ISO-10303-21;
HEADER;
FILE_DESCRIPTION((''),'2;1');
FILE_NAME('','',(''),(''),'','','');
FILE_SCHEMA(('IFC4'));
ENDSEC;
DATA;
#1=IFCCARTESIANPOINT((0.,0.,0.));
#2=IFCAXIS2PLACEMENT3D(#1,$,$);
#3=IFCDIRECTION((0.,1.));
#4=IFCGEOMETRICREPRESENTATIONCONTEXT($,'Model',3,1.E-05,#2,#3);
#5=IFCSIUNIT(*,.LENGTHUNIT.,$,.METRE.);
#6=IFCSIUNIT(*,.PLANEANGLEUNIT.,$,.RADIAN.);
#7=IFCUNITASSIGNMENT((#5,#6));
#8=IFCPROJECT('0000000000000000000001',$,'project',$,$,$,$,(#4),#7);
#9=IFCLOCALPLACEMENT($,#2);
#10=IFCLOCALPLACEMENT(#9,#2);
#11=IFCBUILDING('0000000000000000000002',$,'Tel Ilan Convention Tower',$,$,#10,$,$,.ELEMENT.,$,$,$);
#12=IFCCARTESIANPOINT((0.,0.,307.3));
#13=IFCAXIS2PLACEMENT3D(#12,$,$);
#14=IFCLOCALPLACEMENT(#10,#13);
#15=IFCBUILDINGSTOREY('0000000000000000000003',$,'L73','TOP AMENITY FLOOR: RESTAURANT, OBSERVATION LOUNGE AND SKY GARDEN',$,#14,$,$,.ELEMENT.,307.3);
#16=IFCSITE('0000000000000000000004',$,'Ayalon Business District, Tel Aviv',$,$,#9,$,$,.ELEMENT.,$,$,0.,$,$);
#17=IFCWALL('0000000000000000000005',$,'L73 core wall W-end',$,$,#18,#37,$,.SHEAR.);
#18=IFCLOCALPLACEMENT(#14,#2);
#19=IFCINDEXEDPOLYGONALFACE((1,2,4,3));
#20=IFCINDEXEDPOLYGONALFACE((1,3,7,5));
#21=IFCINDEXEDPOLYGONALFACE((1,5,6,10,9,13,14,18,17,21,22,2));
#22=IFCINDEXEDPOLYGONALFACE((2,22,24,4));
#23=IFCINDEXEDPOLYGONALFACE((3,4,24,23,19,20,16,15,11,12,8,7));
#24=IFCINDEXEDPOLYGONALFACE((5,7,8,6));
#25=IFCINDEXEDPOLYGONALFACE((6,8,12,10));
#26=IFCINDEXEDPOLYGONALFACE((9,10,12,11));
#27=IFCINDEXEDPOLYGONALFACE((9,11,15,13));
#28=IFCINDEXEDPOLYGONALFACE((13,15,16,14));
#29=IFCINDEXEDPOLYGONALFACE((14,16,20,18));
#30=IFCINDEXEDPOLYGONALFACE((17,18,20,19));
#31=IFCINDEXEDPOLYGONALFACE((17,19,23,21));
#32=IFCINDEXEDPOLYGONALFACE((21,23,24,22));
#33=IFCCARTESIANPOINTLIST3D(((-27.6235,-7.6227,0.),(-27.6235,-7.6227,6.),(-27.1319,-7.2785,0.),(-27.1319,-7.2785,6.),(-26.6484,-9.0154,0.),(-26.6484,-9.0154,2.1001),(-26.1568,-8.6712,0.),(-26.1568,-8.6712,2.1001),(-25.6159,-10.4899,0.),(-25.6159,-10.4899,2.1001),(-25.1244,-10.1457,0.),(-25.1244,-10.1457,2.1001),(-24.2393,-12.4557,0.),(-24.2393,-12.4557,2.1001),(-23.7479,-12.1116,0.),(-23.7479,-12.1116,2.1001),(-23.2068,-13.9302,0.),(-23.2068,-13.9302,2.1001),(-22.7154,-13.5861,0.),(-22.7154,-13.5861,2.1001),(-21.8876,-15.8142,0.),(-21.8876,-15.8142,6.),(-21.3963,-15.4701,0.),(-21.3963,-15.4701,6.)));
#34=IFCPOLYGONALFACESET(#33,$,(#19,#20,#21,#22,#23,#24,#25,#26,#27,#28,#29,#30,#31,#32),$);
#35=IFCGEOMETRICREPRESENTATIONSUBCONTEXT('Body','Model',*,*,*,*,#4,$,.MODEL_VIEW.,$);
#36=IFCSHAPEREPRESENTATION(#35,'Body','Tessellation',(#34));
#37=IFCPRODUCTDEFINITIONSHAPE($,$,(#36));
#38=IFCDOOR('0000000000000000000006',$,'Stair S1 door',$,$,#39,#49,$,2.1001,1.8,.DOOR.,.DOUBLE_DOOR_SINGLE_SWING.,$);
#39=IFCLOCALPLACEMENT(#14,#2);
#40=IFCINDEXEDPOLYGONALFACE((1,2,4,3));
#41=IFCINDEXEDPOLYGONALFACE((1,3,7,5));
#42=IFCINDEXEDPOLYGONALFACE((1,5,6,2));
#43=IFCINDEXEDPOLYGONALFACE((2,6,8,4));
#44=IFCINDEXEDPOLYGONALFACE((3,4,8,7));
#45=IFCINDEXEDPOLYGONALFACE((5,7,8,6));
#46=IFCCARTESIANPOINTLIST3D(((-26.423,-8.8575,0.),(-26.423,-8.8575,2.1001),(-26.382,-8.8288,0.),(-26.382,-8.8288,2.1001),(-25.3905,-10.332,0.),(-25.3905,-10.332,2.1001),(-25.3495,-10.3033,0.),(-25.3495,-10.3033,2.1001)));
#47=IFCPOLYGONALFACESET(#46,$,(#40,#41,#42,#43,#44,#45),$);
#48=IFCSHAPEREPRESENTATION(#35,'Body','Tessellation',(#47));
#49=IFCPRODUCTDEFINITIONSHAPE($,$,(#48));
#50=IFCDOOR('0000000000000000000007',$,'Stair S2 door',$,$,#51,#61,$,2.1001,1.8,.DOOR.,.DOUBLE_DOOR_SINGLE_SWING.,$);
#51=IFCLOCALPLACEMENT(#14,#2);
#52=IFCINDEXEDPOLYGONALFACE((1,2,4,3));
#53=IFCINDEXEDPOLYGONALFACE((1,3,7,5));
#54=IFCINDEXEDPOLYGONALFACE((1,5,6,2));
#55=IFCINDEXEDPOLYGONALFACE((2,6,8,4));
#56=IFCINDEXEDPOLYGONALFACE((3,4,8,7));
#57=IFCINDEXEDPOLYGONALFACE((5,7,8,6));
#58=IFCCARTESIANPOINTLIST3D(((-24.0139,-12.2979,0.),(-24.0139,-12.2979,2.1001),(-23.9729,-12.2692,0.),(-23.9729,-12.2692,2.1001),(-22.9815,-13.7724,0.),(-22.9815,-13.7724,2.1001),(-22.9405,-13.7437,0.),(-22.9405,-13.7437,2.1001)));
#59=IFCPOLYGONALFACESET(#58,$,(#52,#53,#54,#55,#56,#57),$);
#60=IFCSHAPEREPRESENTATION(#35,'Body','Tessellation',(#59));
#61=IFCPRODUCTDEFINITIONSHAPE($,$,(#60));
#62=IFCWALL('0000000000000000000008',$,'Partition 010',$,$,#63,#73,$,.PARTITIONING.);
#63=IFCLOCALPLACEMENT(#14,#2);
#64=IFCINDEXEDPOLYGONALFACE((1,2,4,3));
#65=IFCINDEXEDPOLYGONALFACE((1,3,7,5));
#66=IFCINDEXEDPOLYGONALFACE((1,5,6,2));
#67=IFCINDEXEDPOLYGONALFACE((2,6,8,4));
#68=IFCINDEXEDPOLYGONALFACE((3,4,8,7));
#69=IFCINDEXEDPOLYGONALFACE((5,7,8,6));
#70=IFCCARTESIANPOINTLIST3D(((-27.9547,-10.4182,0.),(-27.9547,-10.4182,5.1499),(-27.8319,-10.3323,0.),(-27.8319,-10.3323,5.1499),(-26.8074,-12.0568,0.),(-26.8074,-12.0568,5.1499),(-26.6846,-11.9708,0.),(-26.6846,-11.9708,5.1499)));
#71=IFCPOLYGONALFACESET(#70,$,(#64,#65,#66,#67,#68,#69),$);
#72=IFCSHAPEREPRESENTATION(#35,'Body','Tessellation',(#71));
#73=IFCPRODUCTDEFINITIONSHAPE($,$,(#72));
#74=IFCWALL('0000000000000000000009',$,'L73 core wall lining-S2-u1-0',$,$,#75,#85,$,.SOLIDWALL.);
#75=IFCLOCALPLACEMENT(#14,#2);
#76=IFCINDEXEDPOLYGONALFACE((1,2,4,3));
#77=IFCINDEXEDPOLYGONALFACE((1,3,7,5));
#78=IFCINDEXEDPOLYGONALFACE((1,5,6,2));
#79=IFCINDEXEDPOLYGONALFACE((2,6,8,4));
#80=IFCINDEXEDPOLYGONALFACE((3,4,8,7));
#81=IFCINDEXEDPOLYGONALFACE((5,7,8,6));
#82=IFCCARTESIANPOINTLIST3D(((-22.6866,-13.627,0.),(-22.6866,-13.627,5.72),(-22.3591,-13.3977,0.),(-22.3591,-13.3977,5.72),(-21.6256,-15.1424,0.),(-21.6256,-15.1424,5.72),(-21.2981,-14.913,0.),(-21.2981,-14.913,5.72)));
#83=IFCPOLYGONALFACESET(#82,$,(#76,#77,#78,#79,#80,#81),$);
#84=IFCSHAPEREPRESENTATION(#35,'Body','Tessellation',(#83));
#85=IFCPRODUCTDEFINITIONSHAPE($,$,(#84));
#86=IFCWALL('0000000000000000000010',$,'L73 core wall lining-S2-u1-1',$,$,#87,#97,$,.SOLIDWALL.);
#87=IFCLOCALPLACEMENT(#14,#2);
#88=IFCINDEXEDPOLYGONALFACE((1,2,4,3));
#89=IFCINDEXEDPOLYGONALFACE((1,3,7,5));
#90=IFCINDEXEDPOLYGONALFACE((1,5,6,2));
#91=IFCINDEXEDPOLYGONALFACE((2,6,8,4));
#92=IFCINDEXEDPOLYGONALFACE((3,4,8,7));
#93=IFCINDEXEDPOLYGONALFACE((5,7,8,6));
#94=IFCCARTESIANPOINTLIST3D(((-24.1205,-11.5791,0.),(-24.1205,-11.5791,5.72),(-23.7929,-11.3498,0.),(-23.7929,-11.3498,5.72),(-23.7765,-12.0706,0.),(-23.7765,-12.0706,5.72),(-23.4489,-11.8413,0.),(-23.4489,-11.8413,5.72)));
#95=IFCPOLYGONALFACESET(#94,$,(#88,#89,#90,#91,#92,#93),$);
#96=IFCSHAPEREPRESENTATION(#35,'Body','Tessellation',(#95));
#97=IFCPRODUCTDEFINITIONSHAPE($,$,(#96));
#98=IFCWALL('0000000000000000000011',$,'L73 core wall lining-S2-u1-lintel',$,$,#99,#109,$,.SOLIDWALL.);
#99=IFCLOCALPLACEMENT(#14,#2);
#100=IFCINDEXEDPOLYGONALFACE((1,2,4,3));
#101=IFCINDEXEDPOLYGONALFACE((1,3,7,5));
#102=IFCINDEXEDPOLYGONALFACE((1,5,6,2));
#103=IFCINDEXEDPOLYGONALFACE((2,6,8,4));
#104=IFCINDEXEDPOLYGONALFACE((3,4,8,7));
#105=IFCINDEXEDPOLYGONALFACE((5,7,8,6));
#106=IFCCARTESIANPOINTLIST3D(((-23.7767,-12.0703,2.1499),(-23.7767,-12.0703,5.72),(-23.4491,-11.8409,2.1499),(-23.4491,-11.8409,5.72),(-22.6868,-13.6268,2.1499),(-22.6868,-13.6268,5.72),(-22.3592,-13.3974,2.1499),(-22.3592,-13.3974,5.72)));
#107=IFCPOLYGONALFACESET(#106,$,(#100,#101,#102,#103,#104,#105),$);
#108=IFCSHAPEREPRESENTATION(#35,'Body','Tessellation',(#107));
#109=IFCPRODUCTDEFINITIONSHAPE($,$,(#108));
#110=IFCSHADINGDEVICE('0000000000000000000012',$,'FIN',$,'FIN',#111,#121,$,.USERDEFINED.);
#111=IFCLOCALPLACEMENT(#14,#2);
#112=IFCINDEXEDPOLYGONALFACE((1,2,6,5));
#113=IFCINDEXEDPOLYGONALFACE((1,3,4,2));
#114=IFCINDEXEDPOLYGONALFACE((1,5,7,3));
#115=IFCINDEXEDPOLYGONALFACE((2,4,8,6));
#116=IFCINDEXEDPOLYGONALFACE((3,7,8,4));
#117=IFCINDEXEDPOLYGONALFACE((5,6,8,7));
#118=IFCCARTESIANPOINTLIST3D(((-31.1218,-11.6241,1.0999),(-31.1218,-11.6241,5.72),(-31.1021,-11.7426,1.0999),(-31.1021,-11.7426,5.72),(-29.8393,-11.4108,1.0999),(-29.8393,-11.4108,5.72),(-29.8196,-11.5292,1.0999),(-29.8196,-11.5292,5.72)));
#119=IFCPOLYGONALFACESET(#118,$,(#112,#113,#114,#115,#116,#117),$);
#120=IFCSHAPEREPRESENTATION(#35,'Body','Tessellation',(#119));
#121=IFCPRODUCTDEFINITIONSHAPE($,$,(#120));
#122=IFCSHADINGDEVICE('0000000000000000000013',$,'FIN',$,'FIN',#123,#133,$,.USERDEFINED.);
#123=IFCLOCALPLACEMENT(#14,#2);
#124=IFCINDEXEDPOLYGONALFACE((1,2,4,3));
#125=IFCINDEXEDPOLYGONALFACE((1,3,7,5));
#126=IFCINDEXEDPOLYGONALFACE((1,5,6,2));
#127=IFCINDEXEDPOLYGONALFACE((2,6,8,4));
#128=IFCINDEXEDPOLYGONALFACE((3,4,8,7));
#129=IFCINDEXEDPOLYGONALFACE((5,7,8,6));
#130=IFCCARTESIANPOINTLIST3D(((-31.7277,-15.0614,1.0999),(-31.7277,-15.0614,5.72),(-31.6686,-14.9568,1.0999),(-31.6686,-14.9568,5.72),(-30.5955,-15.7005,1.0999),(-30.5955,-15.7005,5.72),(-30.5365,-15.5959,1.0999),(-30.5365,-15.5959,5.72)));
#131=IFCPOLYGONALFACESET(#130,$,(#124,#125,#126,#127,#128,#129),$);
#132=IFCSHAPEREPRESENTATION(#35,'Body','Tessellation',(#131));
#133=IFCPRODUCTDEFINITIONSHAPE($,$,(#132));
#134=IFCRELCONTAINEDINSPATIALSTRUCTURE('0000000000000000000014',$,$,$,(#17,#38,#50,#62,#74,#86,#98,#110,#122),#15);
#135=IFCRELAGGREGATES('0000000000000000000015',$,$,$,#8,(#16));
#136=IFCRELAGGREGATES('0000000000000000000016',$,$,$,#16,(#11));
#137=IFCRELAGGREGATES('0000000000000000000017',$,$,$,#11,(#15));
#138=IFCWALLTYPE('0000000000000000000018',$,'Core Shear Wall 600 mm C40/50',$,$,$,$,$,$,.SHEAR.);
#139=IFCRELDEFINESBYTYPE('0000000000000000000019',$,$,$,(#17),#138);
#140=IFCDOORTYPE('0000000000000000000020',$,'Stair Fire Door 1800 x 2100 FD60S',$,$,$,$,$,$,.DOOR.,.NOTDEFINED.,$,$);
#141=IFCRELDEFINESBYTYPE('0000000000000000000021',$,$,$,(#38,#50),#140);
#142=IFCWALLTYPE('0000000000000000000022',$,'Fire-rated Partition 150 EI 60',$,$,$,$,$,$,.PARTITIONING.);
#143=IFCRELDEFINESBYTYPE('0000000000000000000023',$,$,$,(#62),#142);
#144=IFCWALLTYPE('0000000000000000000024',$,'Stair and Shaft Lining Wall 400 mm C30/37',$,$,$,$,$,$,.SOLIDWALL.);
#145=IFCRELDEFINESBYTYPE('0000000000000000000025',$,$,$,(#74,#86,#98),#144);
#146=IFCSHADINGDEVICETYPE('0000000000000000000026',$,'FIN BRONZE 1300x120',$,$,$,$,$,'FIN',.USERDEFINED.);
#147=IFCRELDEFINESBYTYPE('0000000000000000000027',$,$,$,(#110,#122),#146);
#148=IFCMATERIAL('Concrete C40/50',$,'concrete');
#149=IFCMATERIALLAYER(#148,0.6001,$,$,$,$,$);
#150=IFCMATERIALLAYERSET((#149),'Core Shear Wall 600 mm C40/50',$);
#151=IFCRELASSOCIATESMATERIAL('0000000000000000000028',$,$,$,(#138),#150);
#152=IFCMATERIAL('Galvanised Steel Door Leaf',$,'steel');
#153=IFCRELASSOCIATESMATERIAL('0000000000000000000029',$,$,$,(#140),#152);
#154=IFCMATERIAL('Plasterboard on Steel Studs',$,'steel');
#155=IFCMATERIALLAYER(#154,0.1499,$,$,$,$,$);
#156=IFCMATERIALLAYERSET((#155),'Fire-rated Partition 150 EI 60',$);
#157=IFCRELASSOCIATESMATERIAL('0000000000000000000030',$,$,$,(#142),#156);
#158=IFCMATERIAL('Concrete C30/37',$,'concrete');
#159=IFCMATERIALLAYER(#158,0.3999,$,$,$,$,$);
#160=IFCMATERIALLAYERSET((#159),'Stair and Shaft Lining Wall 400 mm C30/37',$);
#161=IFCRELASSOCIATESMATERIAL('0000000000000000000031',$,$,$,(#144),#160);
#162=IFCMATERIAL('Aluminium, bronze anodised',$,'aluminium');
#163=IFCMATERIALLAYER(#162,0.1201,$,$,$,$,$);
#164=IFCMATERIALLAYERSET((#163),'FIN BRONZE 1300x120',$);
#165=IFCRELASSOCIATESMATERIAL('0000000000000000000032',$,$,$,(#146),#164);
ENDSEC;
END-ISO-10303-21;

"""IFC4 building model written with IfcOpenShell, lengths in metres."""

from ifc_helpers import new_model, si_unit, direction, frame, frame_2d, origin, origin_2d, place, context, subcontext, project, spatial, polyline, rectangle, outline, extrude, material, layer, layer_set, type_object, element, fill, save


model = new_model("IFC4")

# Units and contexts
model_context = context("Model", 3, precision=1e-05, world=origin(), true_north=direction((0.0, 1.0)))
body_context = subcontext(model_context, "Body", "Model", "MODEL_VIEW")
ifc_project = project(units=[si_unit("LENGTHUNIT", "METRE"), si_unit("PLANEANGLEUNIT", "RADIAN")], contexts=[model_context])

# Site, building, storey
site_placement = place(None, origin())
site = spatial("IfcSite", under=ifc_project, at=site_placement, Name="Ayalon Business District, Tel Aviv", CompositionType="ELEMENT", RefElevation=0.0)
building_placement = place(site_placement, origin())
building = spatial("IfcBuilding", under=site, at=building_placement, Name="Tel Ilan Convention Tower", CompositionType="ELEMENT")
storey_placement = place(building_placement, frame((0.0, 0.0, 307.3)))
storey = spatial("IfcBuildingStorey", under=building, at=storey_placement, Name="L73", Description="TOP AMENITY FLOOR: RESTAURANT, OBSERVATION LOUNGE AND SKY GARDEN", CompositionType="ELEMENT", Elevation=307.3)

# Wall, openings, doors
ifc_material_1 = material(Name="Concrete C40/50", Category="concrete")
ifc_layer_1 = layer(ifc_material_1, 0.6001)
ifc_layer_set_1 = layer_set([ifc_layer_1], Name="Core Shear Wall 600 mm C40/50")
wall_type_1 = type_object("IfcWallType", Name="Core Shear Wall 600 mm C40/50", PredefinedType="SHEAR", material=ifc_layer_set_1)
wall_1_placement = place(storey_placement, frame((-21.6418, -15.6421, 0.0), z_axis=(0.0, 0.0, 1.0), x_axis=(-0.573587, 0.819145, 0.0)))
wall_1 = element("IfcWall", 1, at=wall_1_placement, inside=storey, type_object=wall_type_1, Name="L73 core wall W-end", PredefinedType="SHEAR", context=body_context, shape_type="SweptSolid", body=[
    extrude(outline(polyline([(0.0, 0.3), (0.0, -0.2998), (10.0, -0.3), (10.0, 0.3), (0.0, 0.3)])), origin(), (0.0, 0.0, 1.0), 6.0),
])
opening_1_placement = place(wall_1_placement, frame((6.5, 0.0, 0.0)))
opening_1 = element("IfcOpeningElement", 2, at=opening_1_placement, cuts=wall_1, PredefinedType="OPENING", context=body_context, shape_type="SweptSolid", body=[
    extrude(rectangle(XDim=1.8, YDim=2.1001, at=frame_2d((0.8999, 1.05))), frame((0.0, 0.3101, 0.0), z_axis=(0.0, -1.0, 0.0), x_axis=(1.0, 0.0, 0.0)), (0.0, 0.0, 1.0), 0.6201),
])
opening_2_placement = place(wall_1_placement, frame((2.3, 0.0, 0.0)))
opening_2 = element("IfcOpeningElement", 3, at=opening_2_placement, cuts=wall_1, PredefinedType="OPENING", context=body_context, shape_type="SweptSolid", body=[
    extrude(rectangle(XDim=1.8, YDim=2.1001, at=frame_2d((0.8999, 1.05))), frame((0.0, 0.3101, 0.0), z_axis=(0.0, -1.0, 0.0), x_axis=(1.0, 0.0, 0.0)), (0.0, 0.0, 1.0), 0.6201),
])
ifc_material_2 = material(Name="Galvanised Steel Door Leaf", Category="steel")
door_type = type_object("IfcDoorType", Name="Stair Fire Door 1800 x 2100 FD60S", OperationType="NOTDEFINED", PredefinedType="DOOR", material=ifc_material_2)
door_1_placement = place(opening_1_placement, origin())
door_1 = element("IfcDoor", 4, at=door_1_placement, inside=storey, type_object=door_type, Name="Stair S1 door", OperationType="DOUBLE_DOOR_SINGLE_SWING", OverallHeight=2.1001, OverallWidth=1.8, PredefinedType="DOOR", context=body_context, shape_type="SweptSolid", body=[
    extrude(rectangle(XDim=1.8, YDim=2.1001, at=frame_2d((0.8999, 1.05))), frame((0.0, 0.0249, 0.0), z_axis=(0.0, -1.0, 0.0), x_axis=(1.0, 0.0, 0.0)), (0.0, 0.0, 1.0), 0.05),
])
fill(opening_1, door_1)
door_2_placement = place(opening_2_placement, origin())
door_2 = element("IfcDoor", 5, at=door_2_placement, inside=storey, type_object=door_type, Name="Stair S2 door", OperationType="DOUBLE_DOOR_SINGLE_SWING", OverallHeight=2.1001, OverallWidth=1.8, PredefinedType="DOOR", context=body_context, shape_type="SweptSolid", body=[
    extrude(rectangle(XDim=1.8, YDim=2.1001, at=frame_2d((0.8999, 1.05))), frame((0.0, 0.0249, 0.0), z_axis=(0.0, -1.0, 0.0), x_axis=(1.0, 0.0, 0.0)), (0.0, 0.0, 1.0), 0.05),
])
fill(opening_2, door_2)

# Walls
ifc_material_3 = material(Name="Plasterboard on Steel Studs", Category="steel")
ifc_layer_2 = layer(ifc_material_3, 0.1499)
ifc_layer_set_2 = layer_set([ifc_layer_2], Name="Fire-rated Partition 150 EI 60")
wall_type_2 = type_object("IfcWallType", Name="Fire-rated Partition 150 EI 60", PredefinedType="PARTITIONING", material=ifc_layer_set_2)
wall_2_placement = place(storey_placement, frame((-26.7461, -12.0137, 0.0), z_axis=(0.0, 0.0, 1.0), x_axis=(-0.573569, 0.819157, 0.0)))
element("IfcWall", 6, at=wall_2_placement, inside=storey, type_object=wall_type_2, Name="Partition 010", PredefinedType="PARTITIONING", context=body_context, shape_type="SweptSolid", body=[
    extrude(rectangle(XDim=2.0002, YDim=0.1499, at=frame_2d((1.0, 0.0))), origin(), (0.0, 0.0, 1.0), 5.1499),
])
ifc_material_4 = material(Name="Concrete C30/37", Category="concrete")
ifc_layer_3 = layer(ifc_material_4, 0.3999)
ifc_layer_set_3 = layer_set([ifc_layer_3], Name="Stair and Shaft Lining Wall 400 mm C30/37")
wall_type_3 = type_object("IfcWallType", Name="Stair and Shaft Lining Wall 400 mm C30/37", PredefinedType="SOLIDWALL", material=ifc_layer_set_3)
wall_3_placement = place(storey_placement, frame((-21.4619, -15.0276, 0.0), z_axis=(0.0, 0.0, 1.0), x_axis=(-0.57356, 0.819164, 0.0)))
element("IfcWall", 7, at=wall_3_placement, inside=storey, type_object=wall_type_3, Name="L73 core wall lining-S2-u1-0", PredefinedType="SOLIDWALL", context=body_context, shape_type="SweptSolid", body=[
    extrude(rectangle(XDim=1.8499, YDim=0.3999, at=frame_2d((0.9248, 0.0))), origin(), (0.0, 0.0, 1.0), 5.72),
])
wall_4_placement = place(storey_placement, frame((-23.6128, -11.9558, 0.0), z_axis=(0.0, 0.0, 1.0), x_axis=(-0.573435, 0.819251, 0.0)))
element("IfcWall", 8, at=wall_4_placement, inside=storey, type_object=wall_type_3, Name="L73 core wall lining-S2-u1-1", PredefinedType="SOLIDWALL", context=body_context, shape_type="SweptSolid", body=[
    extrude(rectangle(XDim=0.5999, YDim=0.3999, at=frame_2d((0.2998, 0.0))), origin(), (0.0, 0.0, 1.0), 5.72),
])
wall_5_placement = place(storey_placement, frame((-22.5229, -13.5122, 2.1499), z_axis=(0.0, 0.0, 1.0), x_axis=(-0.573592, 0.819141, 0.0)))
element("IfcWall", 9, at=wall_5_placement, inside=storey, type_object=wall_type_3, Name="L73 core wall lining-S2-u1-lintel", PredefinedType="SOLIDWALL", context=body_context, shape_type="SweptSolid", body=[
    extrude(rectangle(XDim=1.9001, YDim=0.3999, at=frame_2d((0.9502, 0.0))), origin(), (0.0, 0.0, 1.0), 3.5701),
])

# Shading devices
ifc_material_5 = material(Name="Aluminium, bronze anodised", Category="aluminium")
ifc_layer_4 = layer(ifc_material_5, 0.1201)
ifc_layer_set_4 = layer_set([ifc_layer_4], Name="FIN BRONZE 1300x120")
shading_device_type = type_object("IfcShadingDeviceType", Name="FIN BRONZE 1300x120", ElementType="FIN", PredefinedType="USERDEFINED", material=ifc_layer_set_4)
for number, where, z_axis, x_axis, name in (
    (10, (-30.4707, -11.5767, 1.0999), (0.0, 0.0, 1.0), (-0.986445, -0.164091, 0.0), "FIN"),
    (11, (-31.1321, -15.3286, 1.0999), (0.0, 0.0, 1.0), (-0.870833, 0.491579, 0.0), "FIN"),
):
    element("IfcShadingDevice", number, at=place(storey_placement, frame(where, z_axis=z_axis, x_axis=x_axis)), inside=storey, type_object=shading_device_type, Name=name, ObjectType="FIN", PredefinedType="USERDEFINED", context=body_context, shape_type="SweptSolid", body=[
        extrude(rectangle(XDim=1.3, YDim=0.1201, at=origin_2d()), origin(), (0.0, 0.0, 1.0), 4.6201),
    ])

save(model, "model.ifc")
